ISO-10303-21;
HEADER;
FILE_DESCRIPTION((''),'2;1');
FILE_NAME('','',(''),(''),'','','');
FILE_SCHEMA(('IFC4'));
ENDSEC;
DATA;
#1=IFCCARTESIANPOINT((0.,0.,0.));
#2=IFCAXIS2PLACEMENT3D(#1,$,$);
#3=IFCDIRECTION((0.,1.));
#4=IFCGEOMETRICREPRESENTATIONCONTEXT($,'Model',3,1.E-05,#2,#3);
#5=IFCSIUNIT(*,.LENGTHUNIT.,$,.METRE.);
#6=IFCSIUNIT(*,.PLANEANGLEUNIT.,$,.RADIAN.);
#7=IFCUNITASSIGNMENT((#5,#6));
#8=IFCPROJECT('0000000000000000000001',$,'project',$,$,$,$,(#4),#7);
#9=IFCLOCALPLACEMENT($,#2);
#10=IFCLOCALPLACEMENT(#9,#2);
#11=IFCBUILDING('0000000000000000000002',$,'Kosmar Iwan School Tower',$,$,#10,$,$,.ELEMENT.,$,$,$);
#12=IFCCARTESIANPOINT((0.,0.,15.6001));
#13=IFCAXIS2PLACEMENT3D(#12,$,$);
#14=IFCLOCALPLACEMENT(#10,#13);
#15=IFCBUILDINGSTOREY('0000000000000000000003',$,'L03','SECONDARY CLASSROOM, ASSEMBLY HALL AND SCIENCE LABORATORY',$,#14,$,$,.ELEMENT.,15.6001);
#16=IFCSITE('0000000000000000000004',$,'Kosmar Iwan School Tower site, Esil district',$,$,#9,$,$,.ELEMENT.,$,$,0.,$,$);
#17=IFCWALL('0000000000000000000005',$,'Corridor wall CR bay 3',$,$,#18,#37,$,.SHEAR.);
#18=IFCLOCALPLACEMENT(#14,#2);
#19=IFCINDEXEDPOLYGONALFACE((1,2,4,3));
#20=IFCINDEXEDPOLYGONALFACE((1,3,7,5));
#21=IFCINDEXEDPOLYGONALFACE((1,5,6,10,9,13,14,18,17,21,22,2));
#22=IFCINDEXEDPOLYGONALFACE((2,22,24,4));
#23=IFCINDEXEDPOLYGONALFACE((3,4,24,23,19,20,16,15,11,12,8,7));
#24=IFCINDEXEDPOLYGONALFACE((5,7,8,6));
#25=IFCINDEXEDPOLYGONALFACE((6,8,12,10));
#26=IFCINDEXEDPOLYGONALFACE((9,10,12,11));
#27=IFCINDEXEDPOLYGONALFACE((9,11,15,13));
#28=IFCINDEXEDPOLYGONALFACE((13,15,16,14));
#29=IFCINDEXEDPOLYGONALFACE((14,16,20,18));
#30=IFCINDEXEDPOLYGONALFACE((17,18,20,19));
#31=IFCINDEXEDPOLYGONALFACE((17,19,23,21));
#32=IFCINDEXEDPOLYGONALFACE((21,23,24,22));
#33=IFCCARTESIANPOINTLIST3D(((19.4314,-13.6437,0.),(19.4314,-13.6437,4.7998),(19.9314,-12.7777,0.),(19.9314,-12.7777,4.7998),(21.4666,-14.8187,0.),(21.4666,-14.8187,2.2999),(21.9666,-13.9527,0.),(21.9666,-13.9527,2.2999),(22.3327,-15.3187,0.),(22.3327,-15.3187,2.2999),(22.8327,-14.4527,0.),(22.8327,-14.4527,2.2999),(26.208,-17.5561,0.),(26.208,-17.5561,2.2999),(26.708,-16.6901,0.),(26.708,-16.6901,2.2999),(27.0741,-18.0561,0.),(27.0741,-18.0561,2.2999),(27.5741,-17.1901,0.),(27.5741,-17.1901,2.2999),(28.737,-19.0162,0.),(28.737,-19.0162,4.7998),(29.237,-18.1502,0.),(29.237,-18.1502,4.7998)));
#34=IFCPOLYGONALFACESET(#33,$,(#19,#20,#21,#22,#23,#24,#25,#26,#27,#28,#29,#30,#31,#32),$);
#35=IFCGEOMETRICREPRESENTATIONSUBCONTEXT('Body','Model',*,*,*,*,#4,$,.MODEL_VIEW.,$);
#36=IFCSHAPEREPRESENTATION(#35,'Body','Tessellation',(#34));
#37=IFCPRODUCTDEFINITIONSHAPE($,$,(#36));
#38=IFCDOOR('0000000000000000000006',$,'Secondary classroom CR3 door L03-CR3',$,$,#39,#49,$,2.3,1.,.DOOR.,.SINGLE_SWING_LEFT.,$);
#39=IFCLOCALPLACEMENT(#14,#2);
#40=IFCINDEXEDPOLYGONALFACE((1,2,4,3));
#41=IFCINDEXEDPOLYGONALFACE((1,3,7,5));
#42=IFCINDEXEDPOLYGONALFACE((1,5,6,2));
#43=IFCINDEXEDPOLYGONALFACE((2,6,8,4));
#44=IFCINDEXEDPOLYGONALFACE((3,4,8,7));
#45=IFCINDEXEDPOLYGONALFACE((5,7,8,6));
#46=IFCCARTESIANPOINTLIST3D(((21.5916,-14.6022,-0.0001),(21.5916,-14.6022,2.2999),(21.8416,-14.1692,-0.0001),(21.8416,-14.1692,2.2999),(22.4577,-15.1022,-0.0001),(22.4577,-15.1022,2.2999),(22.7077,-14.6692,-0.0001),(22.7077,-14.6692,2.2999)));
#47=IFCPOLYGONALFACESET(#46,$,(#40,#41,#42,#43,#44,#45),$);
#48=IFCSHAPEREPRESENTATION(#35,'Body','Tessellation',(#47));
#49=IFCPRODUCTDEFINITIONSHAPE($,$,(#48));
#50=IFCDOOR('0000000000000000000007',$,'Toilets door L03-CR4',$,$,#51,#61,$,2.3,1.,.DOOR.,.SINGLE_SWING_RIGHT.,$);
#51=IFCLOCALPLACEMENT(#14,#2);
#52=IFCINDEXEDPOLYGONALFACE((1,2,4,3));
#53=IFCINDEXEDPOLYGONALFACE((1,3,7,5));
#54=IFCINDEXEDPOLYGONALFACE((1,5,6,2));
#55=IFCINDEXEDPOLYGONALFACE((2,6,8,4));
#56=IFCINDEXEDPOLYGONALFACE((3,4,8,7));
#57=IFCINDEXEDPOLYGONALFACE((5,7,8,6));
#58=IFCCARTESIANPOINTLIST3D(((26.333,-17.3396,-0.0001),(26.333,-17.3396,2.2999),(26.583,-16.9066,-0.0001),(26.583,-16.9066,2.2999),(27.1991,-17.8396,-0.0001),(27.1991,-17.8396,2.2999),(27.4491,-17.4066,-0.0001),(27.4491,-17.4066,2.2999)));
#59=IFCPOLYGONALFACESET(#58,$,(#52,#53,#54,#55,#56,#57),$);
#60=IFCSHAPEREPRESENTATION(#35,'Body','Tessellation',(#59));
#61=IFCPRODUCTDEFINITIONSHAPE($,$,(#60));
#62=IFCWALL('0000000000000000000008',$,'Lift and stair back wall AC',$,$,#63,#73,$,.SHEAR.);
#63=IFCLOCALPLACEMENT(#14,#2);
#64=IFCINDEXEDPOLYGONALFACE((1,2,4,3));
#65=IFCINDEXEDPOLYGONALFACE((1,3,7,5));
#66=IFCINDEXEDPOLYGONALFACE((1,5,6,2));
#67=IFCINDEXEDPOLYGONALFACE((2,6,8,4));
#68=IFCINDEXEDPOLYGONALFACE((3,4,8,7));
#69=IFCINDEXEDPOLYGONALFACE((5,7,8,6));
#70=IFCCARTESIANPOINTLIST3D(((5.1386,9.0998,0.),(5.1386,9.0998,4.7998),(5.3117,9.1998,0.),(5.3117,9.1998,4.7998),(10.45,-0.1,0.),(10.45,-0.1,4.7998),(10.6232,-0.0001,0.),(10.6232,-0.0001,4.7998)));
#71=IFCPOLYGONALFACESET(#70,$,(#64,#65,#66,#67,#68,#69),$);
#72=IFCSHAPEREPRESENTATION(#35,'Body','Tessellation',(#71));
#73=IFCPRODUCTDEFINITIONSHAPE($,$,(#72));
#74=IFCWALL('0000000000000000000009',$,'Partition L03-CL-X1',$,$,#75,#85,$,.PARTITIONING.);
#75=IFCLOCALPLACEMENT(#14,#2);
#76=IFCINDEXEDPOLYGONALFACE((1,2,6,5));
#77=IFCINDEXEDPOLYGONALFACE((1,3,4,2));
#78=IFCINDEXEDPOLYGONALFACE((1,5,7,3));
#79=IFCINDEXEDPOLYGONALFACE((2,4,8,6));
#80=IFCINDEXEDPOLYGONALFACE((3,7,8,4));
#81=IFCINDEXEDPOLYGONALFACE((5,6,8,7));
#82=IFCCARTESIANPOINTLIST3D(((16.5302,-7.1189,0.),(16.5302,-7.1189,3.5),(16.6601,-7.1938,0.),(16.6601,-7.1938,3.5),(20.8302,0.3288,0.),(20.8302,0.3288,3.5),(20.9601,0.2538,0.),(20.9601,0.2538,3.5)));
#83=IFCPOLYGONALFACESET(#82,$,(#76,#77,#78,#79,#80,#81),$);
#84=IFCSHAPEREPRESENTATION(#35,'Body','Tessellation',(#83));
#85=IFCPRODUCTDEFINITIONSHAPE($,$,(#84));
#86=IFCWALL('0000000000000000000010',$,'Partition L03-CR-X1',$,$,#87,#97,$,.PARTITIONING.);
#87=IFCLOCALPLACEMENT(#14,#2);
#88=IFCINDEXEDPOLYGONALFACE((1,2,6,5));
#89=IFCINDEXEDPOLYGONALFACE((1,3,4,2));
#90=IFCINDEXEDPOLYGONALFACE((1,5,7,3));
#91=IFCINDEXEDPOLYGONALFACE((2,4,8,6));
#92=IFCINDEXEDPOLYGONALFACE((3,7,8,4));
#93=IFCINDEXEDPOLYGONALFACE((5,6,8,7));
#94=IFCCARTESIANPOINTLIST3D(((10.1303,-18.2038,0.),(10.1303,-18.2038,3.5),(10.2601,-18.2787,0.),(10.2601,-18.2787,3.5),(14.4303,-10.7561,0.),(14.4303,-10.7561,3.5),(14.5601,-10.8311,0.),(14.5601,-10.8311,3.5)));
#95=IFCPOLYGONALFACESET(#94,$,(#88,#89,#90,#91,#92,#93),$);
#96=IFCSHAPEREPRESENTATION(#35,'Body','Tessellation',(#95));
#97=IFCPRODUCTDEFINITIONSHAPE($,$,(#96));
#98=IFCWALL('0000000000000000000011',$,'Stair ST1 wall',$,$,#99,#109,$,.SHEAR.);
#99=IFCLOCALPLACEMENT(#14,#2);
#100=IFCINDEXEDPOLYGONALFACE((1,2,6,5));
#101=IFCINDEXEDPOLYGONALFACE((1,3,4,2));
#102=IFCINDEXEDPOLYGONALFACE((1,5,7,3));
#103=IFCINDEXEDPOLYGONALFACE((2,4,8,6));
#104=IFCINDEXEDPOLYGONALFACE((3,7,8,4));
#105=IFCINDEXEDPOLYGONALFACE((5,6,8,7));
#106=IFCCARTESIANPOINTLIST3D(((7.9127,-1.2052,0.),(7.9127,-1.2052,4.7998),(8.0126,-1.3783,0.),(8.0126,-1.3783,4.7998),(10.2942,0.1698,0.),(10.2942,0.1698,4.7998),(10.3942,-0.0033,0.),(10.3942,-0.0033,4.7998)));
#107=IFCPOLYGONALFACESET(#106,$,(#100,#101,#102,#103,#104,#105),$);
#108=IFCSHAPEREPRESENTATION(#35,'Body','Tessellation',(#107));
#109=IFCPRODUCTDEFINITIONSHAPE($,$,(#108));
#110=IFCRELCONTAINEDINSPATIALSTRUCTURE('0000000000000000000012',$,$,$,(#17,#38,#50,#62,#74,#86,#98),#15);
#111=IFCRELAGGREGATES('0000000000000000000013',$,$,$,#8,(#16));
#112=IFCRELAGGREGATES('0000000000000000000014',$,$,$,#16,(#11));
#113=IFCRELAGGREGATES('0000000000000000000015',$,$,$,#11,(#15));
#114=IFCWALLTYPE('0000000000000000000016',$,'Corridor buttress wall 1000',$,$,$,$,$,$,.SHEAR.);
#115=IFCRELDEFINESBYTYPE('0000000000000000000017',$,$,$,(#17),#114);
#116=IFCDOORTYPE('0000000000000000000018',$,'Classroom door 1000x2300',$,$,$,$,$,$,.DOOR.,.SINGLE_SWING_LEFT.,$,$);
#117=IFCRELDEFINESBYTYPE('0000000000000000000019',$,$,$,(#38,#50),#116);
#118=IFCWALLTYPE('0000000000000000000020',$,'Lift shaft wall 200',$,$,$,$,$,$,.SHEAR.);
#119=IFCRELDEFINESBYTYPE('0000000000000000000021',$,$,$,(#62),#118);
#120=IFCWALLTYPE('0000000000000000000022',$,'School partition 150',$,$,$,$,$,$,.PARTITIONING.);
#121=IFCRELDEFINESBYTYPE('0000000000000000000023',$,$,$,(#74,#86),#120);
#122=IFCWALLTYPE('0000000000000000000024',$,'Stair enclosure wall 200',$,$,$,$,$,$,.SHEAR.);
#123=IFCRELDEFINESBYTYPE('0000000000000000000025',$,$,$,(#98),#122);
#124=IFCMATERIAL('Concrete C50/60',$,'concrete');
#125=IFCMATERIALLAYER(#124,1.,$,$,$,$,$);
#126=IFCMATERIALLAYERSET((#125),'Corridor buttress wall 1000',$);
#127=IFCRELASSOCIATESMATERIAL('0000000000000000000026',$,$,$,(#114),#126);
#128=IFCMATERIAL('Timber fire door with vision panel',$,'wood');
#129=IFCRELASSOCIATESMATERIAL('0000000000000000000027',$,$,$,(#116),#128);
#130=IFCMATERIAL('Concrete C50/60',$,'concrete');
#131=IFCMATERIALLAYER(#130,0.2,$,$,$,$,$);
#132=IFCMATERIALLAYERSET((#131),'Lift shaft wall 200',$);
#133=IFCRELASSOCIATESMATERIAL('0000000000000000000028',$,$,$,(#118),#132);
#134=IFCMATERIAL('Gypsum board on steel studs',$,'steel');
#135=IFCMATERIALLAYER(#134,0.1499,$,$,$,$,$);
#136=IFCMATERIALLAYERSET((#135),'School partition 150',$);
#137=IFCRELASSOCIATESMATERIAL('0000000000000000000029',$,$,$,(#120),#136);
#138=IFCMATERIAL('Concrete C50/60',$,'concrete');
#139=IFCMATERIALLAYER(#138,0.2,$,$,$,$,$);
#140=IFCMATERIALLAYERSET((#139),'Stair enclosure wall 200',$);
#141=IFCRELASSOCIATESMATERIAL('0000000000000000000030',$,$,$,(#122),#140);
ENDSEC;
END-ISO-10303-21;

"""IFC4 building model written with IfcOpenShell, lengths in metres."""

from ifc_helpers import new_model, si_unit, direction, frame, frame_2d, origin, place, context, subcontext, project, spatial, rectangle, extrude, material, layer, layer_set, type_object, element, fill, save


model = new_model("IFC4")

# Units and contexts
model_context = context("Model", 3, precision=1e-05, world=origin(), true_north=direction((0.0, 1.0)))
body_context = subcontext(model_context, "Body", "Model", "MODEL_VIEW")
ifc_project = project(units=[si_unit("LENGTHUNIT", "METRE"), si_unit("PLANEANGLEUNIT", "RADIAN")], contexts=[model_context])

# Site, building, storey
site_placement = place(None, origin())
site = spatial("IfcSite", under=ifc_project, at=site_placement, Name="Kosmar Iwan School Tower site, Esil district", CompositionType="ELEMENT", RefElevation=0.0)
building_placement = place(site_placement, origin())
building = spatial("IfcBuilding", under=site, at=building_placement, Name="Kosmar Iwan School Tower", CompositionType="ELEMENT")
storey_placement = place(building_placement, frame((0.0, 0.0, 15.6001)))
storey = spatial("IfcBuildingStorey", under=building, at=storey_placement, Name="L03", Description="SECONDARY CLASSROOM, ASSEMBLY HALL AND SCIENCE LABORATORY", CompositionType="ELEMENT", Elevation=15.6001)

# Shared definitions
ifc_material_1 = material(Name="Concrete C50/60", Category="concrete")
ifc_layer_1 = layer(ifc_material_1, 1.0)
ifc_layer_set_1 = layer_set([ifc_layer_1], Name="Corridor buttress wall 1000")
wall_type_1 = type_object("IfcWallType", Name="Corridor buttress wall 1000", PredefinedType="SHEAR", material=ifc_layer_set_1)
ifc_material_2 = material(Name="Timber fire door with vision panel", Category="wood")
door_type = type_object("IfcDoorType", Name="Classroom door 1000x2300", OperationType="SINGLE_SWING_LEFT", PredefinedType="DOOR", material=ifc_material_2)

# Wall, openings, doors
wall_1_placement = place(storey_placement, frame((19.6814, -13.2107, 0.0), z_axis=(0.0, 0.0, 1.0), x_axis=(0.866028, -0.499995, 0.0)))
wall_1 = element("IfcWall", 1, at=wall_1_placement, inside=storey, type_object=wall_type_1, Name="Corridor wall CR bay 3", PredefinedType="SHEAR", context=body_context, shape_type="SweptSolid", body=[
    extrude(rectangle(XDim=10.7451, YDim=1.0, at=frame_2d((5.3726, 0.0))), origin(), (0.0, 0.0, 1.0), 4.7998),
])
opening_1_placement = place(wall_1_placement, frame((2.3501, 0.0, 0.0)))
opening_1 = element("IfcOpeningElement", 2, at=opening_1_placement, cuts=wall_1, PredefinedType="OPENING", context=body_context, shape_type="SweptSolid", body=[
    extrude(rectangle(XDim=1.0, YDim=2.3, at=frame_2d((0.5, 1.1499))), frame((0.0, 0.512, 0.0), z_axis=(0.0, -1.0, 0.0), x_axis=(1.0, 0.0, 0.0)), (0.0, 0.0, 1.0), 1.0239),
])
opening_2_placement = place(wall_1_placement, frame((7.825, 0.0, 0.0)))
opening_2 = element("IfcOpeningElement", 3, at=opening_2_placement, cuts=wall_1, PredefinedType="OPENING", context=body_context, shape_type="SweptSolid", body=[
    extrude(rectangle(XDim=1.0, YDim=2.3, at=frame_2d((0.5, 1.1499))), frame((0.0, 0.512, 0.0), z_axis=(0.0, -1.0, 0.0), x_axis=(1.0, 0.0, 0.0)), (0.0, 0.0, 1.0), 1.0239),
])
door_1_placement = place(opening_1_placement, origin())
door_1 = element("IfcDoor", 4, at=door_1_placement, inside=storey, type_object=door_type, Name="Secondary classroom CR3 door L03-CR3", OperationType="SINGLE_SWING_LEFT", OverallHeight=2.3, OverallWidth=1.0, PredefinedType="DOOR", context=body_context, shape_type="SweptSolid", body=[
    extrude(rectangle(XDim=1.0, YDim=2.3, at=frame_2d((0.5, 1.1499))), frame((0.0, 0.25, 0.0), z_axis=(0.0, -1.0, 0.0), x_axis=(1.0, 0.0, 0.0)), (0.0, 0.0, 1.0), 0.5),
])
fill(opening_1, door_1)
door_2_placement = place(opening_2_placement, origin())
door_2 = element("IfcDoor", 5, at=door_2_placement, inside=storey, type_object=door_type, Name="Toilets door L03-CR4", OperationType="SINGLE_SWING_RIGHT", OverallHeight=2.3, OverallWidth=1.0, PredefinedType="DOOR", context=body_context, shape_type="SweptSolid", body=[
    extrude(rectangle(XDim=1.0, YDim=2.3, at=frame_2d((0.5, 1.1499))), frame((0.0, 0.25, 0.0), z_axis=(0.0, -1.0, 0.0), x_axis=(1.0, 0.0, 0.0)), (0.0, 0.0, 1.0), 0.5),
])
fill(opening_2, door_2)

# Walls
ifc_material_3 = material(Name="Concrete C50/60", Category="concrete")
ifc_layer_2 = layer(ifc_material_3, 0.2)
ifc_layer_set_2 = layer_set([ifc_layer_2], Name="Lift shaft wall 200")
wall_type_2 = type_object("IfcWallType", Name="Lift shaft wall 200", PredefinedType="SHEAR", material=ifc_layer_set_2)
wall_2_placement = place(storey_placement, frame((10.5366, -0.05, 0.0), z_axis=(0.0, 0.0, 1.0), x_axis=(-0.499995, 0.866028, 0.0)))
element("IfcWall", 6, at=wall_2_placement, inside=storey, type_object=wall_type_2, Name="Lift and stair back wall AC", PredefinedType="SHEAR", context=body_context, shape_type="SweptSolid", body=[
    extrude(rectangle(XDim=10.623, YDim=0.2, at=frame_2d((5.3115, 0.0))), origin(), (0.0, 0.0, 1.0), 4.7998),
])
ifc_material_4 = material(Name="Gypsum board on steel studs", Category="steel")
ifc_layer_3 = layer(ifc_material_4, 0.1499)
ifc_layer_set_3 = layer_set([ifc_layer_3], Name="School partition 150")
wall_type_3 = type_object("IfcWallType", Name="School partition 150", PredefinedType="PARTITIONING", material=ifc_layer_set_3)
for number, where, z_axis, x_axis, name in (
    (7, (16.5952, -7.1562, 0.0), (0.0, 0.0, 1.0), (0.500008, 0.866021, 0.0), "Partition L03-CL-X1"),
    (8, (14.4951, -10.7937, 0.0), (0.0, 0.0, 1.0), (-0.500008, -0.866021, 0.0), "Partition L03-CR-X1"),
):
    element("IfcWall", number, at=place(storey_placement, frame(where, z_axis=z_axis, x_axis=x_axis)), inside=storey, type_object=wall_type_3, Name=name, PredefinedType="PARTITIONING", context=body_context, shape_type="SweptSolid", body=[
        extrude(rectangle(XDim=8.5999, YDim=0.1499, at=frame_2d((4.2998, 0.0))), origin(), (0.0, 0.0, 1.0), 3.5),
    ])
ifc_material_5 = material(Name="Concrete C50/60", Category="concrete")
ifc_layer_4 = layer(ifc_material_5, 0.2)
ifc_layer_set_4 = layer_set([ifc_layer_4], Name="Stair enclosure wall 200")
wall_type_4 = type_object("IfcWallType", Name="Stair enclosure wall 200", PredefinedType="SHEAR", material=ifc_layer_set_4)
wall_3_placement = place(storey_placement, frame((7.9626, -1.2917, 0.0), z_axis=(0.0, 0.0, 1.0), x_axis=(0.866027, 0.499997, 0.0)))
element("IfcWall", 9, at=wall_3_placement, inside=storey, type_object=wall_type_4, Name="Stair ST1 wall", PredefinedType="SHEAR", context=body_context, shape_type="SweptSolid", body=[
    extrude(rectangle(XDim=2.75, YDim=0.2, at=frame_2d((1.375, 0.0))), origin(), (0.0, 0.0, 1.0), 4.7998),
])

save(model, "model.ifc")
